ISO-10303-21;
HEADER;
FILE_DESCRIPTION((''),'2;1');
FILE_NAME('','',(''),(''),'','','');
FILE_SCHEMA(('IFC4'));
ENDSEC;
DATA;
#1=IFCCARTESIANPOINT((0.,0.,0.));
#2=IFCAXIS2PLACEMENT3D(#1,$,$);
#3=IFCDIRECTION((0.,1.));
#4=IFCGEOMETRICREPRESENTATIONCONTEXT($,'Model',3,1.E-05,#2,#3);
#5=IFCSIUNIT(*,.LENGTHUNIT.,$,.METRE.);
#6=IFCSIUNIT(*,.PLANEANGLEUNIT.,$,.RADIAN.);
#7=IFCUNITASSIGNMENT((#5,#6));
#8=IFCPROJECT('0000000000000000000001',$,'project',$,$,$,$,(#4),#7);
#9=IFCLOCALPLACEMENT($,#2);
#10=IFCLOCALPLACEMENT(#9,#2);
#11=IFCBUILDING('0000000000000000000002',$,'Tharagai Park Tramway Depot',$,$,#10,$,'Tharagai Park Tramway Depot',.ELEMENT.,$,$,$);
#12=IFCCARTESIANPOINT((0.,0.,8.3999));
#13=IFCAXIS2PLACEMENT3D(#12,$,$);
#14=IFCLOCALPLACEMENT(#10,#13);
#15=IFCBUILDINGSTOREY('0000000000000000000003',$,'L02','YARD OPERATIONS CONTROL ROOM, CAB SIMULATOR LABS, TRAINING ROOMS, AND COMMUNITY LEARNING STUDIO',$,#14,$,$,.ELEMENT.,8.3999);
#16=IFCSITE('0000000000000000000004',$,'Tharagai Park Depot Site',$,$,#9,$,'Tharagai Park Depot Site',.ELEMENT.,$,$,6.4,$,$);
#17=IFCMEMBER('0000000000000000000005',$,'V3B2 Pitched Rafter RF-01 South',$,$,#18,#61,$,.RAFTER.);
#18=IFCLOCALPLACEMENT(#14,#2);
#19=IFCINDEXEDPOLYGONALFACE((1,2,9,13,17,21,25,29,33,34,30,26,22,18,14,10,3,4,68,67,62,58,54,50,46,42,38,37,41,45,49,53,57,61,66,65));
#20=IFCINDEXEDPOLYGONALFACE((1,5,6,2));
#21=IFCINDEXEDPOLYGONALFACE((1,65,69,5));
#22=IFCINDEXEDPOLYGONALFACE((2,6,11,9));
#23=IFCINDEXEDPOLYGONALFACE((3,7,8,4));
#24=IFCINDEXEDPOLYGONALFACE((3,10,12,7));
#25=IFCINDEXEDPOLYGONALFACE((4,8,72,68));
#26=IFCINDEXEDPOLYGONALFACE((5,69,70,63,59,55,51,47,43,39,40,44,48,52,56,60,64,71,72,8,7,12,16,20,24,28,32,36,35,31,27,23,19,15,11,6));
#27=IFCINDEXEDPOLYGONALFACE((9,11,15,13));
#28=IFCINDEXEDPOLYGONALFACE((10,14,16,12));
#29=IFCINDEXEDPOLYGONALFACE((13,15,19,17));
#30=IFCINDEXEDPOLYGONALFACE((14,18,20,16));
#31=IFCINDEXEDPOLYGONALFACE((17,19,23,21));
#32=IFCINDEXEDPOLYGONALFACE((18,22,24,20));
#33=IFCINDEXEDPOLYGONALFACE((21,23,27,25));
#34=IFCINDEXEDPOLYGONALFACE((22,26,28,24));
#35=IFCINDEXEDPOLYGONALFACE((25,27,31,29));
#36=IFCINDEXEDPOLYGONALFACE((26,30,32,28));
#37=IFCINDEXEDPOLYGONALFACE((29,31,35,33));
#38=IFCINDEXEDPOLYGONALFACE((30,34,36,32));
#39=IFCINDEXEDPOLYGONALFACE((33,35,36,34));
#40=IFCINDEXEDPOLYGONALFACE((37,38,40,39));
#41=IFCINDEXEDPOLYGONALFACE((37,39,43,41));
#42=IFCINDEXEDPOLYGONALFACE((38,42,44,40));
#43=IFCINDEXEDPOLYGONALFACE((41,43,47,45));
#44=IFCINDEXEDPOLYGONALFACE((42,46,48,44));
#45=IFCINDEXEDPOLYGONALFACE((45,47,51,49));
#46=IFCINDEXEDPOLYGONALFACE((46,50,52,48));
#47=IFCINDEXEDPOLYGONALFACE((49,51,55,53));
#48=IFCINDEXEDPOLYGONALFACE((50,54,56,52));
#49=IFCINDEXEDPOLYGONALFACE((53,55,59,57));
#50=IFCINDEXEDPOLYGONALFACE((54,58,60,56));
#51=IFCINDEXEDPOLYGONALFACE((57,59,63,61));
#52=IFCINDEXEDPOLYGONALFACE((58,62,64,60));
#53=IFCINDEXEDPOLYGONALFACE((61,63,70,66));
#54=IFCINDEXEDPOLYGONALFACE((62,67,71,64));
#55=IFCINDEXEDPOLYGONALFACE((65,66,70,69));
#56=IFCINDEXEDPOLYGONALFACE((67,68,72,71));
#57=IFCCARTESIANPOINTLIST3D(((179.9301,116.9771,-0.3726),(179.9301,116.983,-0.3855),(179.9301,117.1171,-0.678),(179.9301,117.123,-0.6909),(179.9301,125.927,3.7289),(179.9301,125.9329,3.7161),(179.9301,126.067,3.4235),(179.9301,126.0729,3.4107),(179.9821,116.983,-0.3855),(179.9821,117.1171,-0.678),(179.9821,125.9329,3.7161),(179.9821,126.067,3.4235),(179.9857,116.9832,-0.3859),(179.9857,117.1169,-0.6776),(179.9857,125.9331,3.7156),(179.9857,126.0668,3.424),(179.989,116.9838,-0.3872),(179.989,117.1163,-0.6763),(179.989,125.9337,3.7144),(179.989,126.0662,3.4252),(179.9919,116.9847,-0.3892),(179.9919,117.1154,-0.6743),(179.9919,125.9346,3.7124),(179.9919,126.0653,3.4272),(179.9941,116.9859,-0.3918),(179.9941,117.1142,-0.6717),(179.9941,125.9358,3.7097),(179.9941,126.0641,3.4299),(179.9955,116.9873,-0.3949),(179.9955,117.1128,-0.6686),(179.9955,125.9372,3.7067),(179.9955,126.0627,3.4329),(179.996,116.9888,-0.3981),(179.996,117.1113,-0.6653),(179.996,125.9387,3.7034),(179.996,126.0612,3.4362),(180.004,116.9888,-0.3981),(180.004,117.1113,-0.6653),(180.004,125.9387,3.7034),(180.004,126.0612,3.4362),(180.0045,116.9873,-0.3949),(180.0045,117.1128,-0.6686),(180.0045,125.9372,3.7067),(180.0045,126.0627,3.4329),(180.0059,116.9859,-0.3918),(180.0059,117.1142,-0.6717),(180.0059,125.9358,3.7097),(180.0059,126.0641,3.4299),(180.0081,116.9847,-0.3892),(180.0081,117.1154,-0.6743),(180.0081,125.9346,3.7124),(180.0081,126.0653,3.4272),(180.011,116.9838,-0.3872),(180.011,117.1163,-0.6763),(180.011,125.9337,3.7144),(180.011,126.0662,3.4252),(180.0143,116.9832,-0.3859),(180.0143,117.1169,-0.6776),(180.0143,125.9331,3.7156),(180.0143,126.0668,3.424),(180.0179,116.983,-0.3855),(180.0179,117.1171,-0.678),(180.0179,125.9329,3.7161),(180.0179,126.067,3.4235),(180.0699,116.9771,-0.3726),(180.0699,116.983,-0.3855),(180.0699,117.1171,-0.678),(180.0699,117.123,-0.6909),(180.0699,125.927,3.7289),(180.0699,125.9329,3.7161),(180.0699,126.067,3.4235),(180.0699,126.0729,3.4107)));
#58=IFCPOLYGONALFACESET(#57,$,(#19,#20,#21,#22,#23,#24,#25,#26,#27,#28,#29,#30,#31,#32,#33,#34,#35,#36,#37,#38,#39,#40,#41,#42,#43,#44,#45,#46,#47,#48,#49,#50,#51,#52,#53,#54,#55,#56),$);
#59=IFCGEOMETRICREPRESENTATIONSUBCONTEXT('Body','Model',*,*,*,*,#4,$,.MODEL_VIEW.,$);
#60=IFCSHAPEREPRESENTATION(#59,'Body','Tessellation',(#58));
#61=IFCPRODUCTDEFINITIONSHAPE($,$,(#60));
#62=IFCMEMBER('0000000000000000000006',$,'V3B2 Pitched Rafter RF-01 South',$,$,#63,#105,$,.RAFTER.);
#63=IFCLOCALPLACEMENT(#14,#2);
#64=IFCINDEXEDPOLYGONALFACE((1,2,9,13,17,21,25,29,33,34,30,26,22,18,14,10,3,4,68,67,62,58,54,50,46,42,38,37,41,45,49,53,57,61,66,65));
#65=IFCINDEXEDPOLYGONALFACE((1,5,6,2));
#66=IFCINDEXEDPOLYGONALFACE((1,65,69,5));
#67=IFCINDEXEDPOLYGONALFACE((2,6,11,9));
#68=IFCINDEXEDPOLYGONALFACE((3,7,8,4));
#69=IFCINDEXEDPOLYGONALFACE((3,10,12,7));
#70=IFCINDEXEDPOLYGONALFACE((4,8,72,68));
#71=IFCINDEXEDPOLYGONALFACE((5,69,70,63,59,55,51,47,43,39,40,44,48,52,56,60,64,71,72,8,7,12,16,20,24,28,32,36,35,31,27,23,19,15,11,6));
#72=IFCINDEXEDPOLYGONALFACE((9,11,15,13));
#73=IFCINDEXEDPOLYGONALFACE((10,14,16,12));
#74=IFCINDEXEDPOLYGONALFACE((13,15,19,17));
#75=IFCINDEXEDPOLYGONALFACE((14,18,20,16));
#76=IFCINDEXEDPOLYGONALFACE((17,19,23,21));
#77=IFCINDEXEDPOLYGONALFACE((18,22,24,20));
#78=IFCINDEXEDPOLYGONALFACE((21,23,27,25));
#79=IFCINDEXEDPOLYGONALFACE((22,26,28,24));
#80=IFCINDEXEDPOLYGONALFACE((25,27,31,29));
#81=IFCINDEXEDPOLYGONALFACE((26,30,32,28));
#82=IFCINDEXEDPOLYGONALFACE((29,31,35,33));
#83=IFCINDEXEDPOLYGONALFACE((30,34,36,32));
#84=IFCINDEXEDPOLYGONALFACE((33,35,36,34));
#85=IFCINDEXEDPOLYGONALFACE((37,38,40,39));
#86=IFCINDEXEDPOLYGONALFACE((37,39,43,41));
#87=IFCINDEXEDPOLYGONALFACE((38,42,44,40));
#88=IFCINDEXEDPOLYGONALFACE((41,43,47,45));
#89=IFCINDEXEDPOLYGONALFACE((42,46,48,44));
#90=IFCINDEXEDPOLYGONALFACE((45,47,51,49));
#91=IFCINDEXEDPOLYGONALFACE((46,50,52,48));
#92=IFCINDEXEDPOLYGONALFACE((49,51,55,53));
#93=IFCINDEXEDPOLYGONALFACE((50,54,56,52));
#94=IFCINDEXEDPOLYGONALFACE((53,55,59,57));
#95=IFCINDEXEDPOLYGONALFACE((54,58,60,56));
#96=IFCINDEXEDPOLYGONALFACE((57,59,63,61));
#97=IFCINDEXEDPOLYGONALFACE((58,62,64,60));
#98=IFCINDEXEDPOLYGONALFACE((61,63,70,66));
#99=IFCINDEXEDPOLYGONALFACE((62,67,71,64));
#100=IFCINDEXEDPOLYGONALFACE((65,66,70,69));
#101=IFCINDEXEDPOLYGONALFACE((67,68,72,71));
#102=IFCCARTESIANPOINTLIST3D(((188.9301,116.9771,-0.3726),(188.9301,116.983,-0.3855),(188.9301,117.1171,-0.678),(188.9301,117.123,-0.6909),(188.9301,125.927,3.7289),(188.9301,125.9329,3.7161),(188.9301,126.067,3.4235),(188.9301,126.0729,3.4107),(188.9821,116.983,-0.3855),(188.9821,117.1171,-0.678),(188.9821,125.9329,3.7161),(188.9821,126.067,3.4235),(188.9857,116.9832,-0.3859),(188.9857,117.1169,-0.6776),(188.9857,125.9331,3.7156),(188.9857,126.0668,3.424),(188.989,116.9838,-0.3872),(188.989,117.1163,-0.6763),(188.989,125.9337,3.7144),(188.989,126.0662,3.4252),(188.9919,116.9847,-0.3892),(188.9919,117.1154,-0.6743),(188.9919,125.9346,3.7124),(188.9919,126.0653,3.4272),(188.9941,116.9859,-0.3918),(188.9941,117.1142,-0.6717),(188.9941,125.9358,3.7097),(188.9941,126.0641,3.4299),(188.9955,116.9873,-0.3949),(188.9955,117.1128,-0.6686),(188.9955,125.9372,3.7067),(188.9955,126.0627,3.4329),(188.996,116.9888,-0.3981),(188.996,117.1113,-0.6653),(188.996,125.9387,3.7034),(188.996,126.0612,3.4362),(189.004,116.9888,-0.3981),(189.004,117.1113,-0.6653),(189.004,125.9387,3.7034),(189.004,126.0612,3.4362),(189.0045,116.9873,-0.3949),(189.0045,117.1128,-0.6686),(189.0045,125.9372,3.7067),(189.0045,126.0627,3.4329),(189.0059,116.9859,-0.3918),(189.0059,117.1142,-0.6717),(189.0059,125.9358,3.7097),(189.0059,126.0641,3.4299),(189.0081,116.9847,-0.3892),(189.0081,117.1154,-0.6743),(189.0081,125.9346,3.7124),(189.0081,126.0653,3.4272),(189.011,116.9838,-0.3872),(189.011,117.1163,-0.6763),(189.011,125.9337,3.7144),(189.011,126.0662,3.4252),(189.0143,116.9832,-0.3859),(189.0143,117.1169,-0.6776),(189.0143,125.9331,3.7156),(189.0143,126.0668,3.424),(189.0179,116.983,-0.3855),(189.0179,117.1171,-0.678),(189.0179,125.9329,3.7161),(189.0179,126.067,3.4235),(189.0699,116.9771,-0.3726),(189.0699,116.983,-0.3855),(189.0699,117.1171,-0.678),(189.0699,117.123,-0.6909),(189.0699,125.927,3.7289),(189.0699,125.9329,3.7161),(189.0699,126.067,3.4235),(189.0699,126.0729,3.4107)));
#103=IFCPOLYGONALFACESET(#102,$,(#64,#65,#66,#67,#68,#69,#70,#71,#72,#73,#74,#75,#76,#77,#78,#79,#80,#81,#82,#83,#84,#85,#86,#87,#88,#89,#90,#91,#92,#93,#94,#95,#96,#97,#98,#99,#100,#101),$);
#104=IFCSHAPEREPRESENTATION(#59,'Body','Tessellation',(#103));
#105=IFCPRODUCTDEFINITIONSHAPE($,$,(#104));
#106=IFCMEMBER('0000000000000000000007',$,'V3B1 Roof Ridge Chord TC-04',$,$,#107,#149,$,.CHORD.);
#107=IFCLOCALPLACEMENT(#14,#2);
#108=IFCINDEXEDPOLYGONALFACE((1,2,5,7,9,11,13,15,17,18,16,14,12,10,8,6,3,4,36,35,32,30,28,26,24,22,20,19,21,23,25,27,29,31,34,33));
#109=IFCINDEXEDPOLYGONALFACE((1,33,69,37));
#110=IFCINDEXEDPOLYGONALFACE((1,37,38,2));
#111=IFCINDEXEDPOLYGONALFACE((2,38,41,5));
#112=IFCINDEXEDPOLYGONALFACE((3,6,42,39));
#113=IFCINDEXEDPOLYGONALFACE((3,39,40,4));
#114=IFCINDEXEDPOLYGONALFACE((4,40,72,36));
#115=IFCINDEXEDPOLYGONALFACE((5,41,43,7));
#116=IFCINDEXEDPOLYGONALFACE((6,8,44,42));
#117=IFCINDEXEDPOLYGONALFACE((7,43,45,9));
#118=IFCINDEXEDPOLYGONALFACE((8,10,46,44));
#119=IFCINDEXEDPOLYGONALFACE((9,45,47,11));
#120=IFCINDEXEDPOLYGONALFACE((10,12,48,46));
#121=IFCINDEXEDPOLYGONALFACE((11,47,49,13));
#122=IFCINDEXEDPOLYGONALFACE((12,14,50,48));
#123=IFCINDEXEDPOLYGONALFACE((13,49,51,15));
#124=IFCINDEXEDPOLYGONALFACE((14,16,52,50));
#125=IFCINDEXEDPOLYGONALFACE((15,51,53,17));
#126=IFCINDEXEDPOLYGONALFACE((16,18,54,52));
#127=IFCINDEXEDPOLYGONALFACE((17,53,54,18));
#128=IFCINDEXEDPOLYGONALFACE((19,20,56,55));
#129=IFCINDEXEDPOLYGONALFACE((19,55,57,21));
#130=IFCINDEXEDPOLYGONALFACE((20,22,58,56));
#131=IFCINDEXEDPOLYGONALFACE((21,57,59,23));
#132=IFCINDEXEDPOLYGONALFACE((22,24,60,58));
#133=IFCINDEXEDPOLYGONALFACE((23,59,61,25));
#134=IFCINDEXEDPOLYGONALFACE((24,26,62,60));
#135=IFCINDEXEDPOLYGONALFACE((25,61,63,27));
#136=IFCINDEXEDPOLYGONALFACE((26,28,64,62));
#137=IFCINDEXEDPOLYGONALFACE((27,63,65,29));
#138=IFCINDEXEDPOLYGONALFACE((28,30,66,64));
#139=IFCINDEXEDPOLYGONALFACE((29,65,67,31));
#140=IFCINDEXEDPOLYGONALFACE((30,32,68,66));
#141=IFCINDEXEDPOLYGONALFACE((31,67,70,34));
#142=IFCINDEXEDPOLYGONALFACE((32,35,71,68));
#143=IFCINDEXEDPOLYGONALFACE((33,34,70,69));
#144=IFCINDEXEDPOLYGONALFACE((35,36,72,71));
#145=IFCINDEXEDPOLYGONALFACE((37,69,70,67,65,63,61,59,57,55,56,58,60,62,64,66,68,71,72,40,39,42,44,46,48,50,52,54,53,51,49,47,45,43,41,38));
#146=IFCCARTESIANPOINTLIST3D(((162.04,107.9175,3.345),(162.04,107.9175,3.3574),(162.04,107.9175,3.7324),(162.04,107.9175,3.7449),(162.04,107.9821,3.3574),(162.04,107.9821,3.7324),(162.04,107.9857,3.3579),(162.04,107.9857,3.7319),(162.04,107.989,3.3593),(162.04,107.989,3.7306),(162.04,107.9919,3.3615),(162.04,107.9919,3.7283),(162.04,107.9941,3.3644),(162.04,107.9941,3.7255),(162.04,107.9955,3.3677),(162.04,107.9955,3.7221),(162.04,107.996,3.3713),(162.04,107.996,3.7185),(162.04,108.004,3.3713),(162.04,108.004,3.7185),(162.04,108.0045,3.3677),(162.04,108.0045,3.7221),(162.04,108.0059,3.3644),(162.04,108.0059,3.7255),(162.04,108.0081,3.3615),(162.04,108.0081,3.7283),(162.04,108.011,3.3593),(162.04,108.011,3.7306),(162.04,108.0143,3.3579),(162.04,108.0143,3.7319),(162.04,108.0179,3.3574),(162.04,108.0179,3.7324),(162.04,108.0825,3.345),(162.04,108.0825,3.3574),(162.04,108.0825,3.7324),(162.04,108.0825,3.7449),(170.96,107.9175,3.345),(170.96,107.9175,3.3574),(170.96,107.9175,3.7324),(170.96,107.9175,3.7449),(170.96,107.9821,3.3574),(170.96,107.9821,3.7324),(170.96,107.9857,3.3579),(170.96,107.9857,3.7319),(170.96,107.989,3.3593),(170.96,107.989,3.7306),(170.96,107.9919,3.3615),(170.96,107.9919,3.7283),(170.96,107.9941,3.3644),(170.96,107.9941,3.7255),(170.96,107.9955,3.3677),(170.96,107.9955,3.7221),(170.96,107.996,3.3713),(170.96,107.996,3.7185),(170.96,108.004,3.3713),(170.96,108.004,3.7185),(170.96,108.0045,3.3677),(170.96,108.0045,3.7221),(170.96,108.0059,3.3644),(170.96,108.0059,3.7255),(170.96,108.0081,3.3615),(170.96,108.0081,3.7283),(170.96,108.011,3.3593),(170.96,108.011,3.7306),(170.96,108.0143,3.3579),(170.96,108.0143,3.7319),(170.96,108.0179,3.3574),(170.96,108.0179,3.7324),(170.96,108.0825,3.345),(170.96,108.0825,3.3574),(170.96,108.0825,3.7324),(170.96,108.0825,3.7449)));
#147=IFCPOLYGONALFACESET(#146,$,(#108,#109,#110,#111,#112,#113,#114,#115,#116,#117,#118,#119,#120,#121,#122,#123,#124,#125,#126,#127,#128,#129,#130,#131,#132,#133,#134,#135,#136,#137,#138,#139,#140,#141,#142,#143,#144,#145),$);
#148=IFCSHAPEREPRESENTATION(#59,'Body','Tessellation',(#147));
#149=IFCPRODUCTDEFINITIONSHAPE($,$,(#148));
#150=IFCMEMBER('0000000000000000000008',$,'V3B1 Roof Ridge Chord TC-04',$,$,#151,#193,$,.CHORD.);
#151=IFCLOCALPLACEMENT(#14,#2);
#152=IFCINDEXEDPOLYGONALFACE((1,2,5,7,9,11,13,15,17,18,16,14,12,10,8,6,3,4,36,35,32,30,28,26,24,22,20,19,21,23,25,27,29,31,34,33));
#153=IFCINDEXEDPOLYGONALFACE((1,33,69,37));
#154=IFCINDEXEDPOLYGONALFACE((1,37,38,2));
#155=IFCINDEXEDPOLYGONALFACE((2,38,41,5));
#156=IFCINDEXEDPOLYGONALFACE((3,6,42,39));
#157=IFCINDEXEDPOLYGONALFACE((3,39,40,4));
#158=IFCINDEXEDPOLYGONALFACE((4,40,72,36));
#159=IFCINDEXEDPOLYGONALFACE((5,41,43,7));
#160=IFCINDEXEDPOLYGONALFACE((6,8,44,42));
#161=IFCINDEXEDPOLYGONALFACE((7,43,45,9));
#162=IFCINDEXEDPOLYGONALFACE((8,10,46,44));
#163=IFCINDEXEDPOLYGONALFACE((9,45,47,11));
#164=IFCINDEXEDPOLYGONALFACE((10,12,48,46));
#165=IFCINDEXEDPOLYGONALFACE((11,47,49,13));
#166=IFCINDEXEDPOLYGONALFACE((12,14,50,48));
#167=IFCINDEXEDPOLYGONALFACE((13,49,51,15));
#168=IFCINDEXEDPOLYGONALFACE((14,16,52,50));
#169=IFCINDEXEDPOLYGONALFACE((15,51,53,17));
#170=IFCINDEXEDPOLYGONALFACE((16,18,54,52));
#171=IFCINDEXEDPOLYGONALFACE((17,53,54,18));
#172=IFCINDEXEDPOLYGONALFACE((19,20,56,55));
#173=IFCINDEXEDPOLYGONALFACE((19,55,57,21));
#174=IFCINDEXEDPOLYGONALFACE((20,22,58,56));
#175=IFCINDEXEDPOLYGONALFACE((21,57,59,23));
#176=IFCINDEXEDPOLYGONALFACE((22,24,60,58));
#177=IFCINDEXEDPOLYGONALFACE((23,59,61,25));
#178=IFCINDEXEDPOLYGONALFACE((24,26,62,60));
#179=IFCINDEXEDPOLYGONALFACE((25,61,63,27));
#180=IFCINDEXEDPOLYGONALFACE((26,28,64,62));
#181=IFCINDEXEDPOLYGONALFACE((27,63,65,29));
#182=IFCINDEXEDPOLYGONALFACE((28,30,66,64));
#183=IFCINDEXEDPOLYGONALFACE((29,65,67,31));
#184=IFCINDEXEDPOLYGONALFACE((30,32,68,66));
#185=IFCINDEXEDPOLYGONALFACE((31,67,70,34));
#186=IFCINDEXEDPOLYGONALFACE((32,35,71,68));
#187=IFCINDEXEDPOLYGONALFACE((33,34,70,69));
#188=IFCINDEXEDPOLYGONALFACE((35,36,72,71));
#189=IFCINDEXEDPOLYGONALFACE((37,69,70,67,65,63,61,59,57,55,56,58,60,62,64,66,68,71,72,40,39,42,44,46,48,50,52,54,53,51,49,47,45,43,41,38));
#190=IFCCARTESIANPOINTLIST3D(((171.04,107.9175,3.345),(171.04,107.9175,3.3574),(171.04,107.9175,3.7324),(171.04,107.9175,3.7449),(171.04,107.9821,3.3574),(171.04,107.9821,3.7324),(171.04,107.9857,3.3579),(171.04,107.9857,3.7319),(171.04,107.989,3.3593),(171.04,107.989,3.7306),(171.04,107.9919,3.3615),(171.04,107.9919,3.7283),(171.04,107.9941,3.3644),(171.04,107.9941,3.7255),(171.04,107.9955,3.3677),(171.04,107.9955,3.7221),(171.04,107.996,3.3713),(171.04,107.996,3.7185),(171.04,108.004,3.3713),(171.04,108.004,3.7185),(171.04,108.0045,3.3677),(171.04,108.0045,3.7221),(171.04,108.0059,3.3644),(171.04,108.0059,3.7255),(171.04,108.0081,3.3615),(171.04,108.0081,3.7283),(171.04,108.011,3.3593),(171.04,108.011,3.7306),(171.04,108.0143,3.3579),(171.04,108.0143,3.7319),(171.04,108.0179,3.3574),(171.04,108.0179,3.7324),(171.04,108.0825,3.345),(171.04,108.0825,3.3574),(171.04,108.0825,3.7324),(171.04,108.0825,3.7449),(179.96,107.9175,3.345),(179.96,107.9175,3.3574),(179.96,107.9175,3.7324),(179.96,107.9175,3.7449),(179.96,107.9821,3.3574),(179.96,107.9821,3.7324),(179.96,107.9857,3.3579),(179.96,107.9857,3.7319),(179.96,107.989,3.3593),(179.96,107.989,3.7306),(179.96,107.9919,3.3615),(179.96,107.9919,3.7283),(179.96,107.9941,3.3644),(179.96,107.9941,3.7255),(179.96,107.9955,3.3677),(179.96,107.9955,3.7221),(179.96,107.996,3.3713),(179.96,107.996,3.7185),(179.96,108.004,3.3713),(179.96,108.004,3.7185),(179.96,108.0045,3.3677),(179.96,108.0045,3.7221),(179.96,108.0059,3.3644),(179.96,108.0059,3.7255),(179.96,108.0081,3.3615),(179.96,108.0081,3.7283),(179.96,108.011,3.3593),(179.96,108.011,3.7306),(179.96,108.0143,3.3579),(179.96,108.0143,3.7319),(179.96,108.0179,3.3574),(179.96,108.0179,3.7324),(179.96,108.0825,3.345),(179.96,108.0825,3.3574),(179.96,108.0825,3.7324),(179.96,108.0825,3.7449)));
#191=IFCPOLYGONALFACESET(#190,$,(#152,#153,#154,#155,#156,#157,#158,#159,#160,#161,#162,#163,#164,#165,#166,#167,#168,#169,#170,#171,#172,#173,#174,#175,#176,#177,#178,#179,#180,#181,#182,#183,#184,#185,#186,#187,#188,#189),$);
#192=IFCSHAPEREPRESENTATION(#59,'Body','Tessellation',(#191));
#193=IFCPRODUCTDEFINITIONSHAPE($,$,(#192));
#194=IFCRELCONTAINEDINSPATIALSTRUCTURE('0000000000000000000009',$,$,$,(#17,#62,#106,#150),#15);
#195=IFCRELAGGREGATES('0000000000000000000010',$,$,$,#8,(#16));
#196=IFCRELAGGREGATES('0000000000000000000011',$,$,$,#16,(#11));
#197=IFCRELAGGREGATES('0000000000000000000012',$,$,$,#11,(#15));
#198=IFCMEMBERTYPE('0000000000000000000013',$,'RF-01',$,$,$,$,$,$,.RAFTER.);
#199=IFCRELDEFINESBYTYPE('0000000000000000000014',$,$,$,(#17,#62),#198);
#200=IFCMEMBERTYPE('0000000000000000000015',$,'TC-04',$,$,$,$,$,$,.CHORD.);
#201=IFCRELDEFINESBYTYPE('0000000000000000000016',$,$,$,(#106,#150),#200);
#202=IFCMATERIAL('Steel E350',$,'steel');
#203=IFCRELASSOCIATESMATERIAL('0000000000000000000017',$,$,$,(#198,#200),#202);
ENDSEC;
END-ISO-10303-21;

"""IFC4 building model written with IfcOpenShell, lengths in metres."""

from ifc_helpers import new_model, si_unit, direction, frame, origin, origin_2d, place, context, subcontext, project, spatial, i_section, extrude, material, material_profile, profile_set, type_object, element, save


model = new_model("IFC4")

# Units and contexts
model_context = context("Model", 3, precision=1e-05, world=origin(), true_north=direction((0.0, 1.0)))
body_context = subcontext(model_context, "Body", "Model", "MODEL_VIEW")
ifc_project = project(units=[si_unit("LENGTHUNIT", "METRE"), si_unit("PLANEANGLEUNIT", "RADIAN")], contexts=[model_context])

# Site, building, storey
site_placement = place(None, origin())
site = spatial("IfcSite", under=ifc_project, at=site_placement, Name="Tharagai Park Depot Site", LongName="Tharagai Park Depot Site", CompositionType="ELEMENT", RefElevation=6.4)
building_placement = place(site_placement, origin())
building = spatial("IfcBuilding", under=site, at=building_placement, Name="Tharagai Park Tramway Depot", LongName="Tharagai Park Tramway Depot", CompositionType="ELEMENT")
storey_placement = place(building_placement, frame((0.0, 0.0, 8.3999)))
storey = spatial("IfcBuildingStorey", under=building, at=storey_placement, Name="L02", Description="YARD OPERATIONS CONTROL ROOM, CAB SIMULATOR LABS, TRAINING ROOMS, AND COMMUNITY LEARNING STUDIO", CompositionType="ELEMENT", Elevation=8.3999)

# Shared definitions
ifc_material_1 = material(Name="Steel E350", Category="steel")

# Members
ifc_material_profile_1 = material_profile(ifc_material_1, i_section(OverallWidth=0.1399, OverallDepth=0.3501, WebThickness=0.0081, FlangeThickness=0.0142, FilletRadius=0.0139, at=origin_2d()), Name="ISMB 350")
ifc_profile_set_1 = profile_set([ifc_material_profile_1], Name="Steel E350")
member_type_1 = type_object("IfcMemberType", Name="RF-01", PredefinedType="RAFTER", material=ifc_profile_set_1)
for number, where, z_axis, x_axis, name in (
    (1, (180.0, 117.05, -0.5317), (0.0, 0.909084, 0.416613), (-1.0, 0.0, 0.0), "V3B2 Pitched Rafter RF-01 South"),
    (2, (189.0, 117.05, -0.5317), (0.0, 0.909084, 0.416613), (-1.0, 0.0, 0.0), "V3B2 Pitched Rafter RF-01 South"),
):
    element("IfcMember", number, at=place(storey_placement, frame(where, z_axis=z_axis, x_axis=x_axis)), inside=storey, type_object=member_type_1, Name=name, PredefinedType="RAFTER", context=body_context, shape_type="SweptSolid", body=[
        extrude(i_section(OverallWidth=0.1399, OverallDepth=0.3501, WebThickness=0.0081, FlangeThickness=0.0142, FilletRadius=0.0139, at=origin_2d()), origin(), (0.0, 0.0, 1.0), 9.845),
    ])
ifc_material_profile_2 = material_profile(ifc_material_1, i_section(OverallWidth=0.165, OverallDepth=0.3999, WebThickness=0.0081, FlangeThickness=0.0125, FilletRadius=0.0139, at=origin_2d()), Name="ISLB 400")
ifc_profile_set_2 = profile_set([ifc_material_profile_2], Name="Steel E350")
member_type_2 = type_object("IfcMemberType", Name="TC-04", PredefinedType="CHORD", material=ifc_profile_set_2)
for number, where, z_axis, x_axis, name in (
    (3, (162.04, 108.0, 3.5449), (1.0, 0.0, 0.0), (0.0, 1.0, 0.0), "V3B1 Roof Ridge Chord TC-04"),
    (4, (171.04, 108.0, 3.5449), (1.0, 0.0, 0.0), (0.0, 1.0, 0.0), "V3B1 Roof Ridge Chord TC-04"),
):
    element("IfcMember", number, at=place(storey_placement, frame(where, z_axis=z_axis, x_axis=x_axis)), inside=storey, type_object=member_type_2, Name=name, PredefinedType="CHORD", context=body_context, shape_type="SweptSolid", body=[
        extrude(i_section(OverallWidth=0.165, OverallDepth=0.3999, WebThickness=0.0081, FlangeThickness=0.0125, FilletRadius=0.0139, at=origin_2d()), origin(), (0.0, 0.0, 1.0), 8.9199),
    ])

save(model, "model.ifc")
